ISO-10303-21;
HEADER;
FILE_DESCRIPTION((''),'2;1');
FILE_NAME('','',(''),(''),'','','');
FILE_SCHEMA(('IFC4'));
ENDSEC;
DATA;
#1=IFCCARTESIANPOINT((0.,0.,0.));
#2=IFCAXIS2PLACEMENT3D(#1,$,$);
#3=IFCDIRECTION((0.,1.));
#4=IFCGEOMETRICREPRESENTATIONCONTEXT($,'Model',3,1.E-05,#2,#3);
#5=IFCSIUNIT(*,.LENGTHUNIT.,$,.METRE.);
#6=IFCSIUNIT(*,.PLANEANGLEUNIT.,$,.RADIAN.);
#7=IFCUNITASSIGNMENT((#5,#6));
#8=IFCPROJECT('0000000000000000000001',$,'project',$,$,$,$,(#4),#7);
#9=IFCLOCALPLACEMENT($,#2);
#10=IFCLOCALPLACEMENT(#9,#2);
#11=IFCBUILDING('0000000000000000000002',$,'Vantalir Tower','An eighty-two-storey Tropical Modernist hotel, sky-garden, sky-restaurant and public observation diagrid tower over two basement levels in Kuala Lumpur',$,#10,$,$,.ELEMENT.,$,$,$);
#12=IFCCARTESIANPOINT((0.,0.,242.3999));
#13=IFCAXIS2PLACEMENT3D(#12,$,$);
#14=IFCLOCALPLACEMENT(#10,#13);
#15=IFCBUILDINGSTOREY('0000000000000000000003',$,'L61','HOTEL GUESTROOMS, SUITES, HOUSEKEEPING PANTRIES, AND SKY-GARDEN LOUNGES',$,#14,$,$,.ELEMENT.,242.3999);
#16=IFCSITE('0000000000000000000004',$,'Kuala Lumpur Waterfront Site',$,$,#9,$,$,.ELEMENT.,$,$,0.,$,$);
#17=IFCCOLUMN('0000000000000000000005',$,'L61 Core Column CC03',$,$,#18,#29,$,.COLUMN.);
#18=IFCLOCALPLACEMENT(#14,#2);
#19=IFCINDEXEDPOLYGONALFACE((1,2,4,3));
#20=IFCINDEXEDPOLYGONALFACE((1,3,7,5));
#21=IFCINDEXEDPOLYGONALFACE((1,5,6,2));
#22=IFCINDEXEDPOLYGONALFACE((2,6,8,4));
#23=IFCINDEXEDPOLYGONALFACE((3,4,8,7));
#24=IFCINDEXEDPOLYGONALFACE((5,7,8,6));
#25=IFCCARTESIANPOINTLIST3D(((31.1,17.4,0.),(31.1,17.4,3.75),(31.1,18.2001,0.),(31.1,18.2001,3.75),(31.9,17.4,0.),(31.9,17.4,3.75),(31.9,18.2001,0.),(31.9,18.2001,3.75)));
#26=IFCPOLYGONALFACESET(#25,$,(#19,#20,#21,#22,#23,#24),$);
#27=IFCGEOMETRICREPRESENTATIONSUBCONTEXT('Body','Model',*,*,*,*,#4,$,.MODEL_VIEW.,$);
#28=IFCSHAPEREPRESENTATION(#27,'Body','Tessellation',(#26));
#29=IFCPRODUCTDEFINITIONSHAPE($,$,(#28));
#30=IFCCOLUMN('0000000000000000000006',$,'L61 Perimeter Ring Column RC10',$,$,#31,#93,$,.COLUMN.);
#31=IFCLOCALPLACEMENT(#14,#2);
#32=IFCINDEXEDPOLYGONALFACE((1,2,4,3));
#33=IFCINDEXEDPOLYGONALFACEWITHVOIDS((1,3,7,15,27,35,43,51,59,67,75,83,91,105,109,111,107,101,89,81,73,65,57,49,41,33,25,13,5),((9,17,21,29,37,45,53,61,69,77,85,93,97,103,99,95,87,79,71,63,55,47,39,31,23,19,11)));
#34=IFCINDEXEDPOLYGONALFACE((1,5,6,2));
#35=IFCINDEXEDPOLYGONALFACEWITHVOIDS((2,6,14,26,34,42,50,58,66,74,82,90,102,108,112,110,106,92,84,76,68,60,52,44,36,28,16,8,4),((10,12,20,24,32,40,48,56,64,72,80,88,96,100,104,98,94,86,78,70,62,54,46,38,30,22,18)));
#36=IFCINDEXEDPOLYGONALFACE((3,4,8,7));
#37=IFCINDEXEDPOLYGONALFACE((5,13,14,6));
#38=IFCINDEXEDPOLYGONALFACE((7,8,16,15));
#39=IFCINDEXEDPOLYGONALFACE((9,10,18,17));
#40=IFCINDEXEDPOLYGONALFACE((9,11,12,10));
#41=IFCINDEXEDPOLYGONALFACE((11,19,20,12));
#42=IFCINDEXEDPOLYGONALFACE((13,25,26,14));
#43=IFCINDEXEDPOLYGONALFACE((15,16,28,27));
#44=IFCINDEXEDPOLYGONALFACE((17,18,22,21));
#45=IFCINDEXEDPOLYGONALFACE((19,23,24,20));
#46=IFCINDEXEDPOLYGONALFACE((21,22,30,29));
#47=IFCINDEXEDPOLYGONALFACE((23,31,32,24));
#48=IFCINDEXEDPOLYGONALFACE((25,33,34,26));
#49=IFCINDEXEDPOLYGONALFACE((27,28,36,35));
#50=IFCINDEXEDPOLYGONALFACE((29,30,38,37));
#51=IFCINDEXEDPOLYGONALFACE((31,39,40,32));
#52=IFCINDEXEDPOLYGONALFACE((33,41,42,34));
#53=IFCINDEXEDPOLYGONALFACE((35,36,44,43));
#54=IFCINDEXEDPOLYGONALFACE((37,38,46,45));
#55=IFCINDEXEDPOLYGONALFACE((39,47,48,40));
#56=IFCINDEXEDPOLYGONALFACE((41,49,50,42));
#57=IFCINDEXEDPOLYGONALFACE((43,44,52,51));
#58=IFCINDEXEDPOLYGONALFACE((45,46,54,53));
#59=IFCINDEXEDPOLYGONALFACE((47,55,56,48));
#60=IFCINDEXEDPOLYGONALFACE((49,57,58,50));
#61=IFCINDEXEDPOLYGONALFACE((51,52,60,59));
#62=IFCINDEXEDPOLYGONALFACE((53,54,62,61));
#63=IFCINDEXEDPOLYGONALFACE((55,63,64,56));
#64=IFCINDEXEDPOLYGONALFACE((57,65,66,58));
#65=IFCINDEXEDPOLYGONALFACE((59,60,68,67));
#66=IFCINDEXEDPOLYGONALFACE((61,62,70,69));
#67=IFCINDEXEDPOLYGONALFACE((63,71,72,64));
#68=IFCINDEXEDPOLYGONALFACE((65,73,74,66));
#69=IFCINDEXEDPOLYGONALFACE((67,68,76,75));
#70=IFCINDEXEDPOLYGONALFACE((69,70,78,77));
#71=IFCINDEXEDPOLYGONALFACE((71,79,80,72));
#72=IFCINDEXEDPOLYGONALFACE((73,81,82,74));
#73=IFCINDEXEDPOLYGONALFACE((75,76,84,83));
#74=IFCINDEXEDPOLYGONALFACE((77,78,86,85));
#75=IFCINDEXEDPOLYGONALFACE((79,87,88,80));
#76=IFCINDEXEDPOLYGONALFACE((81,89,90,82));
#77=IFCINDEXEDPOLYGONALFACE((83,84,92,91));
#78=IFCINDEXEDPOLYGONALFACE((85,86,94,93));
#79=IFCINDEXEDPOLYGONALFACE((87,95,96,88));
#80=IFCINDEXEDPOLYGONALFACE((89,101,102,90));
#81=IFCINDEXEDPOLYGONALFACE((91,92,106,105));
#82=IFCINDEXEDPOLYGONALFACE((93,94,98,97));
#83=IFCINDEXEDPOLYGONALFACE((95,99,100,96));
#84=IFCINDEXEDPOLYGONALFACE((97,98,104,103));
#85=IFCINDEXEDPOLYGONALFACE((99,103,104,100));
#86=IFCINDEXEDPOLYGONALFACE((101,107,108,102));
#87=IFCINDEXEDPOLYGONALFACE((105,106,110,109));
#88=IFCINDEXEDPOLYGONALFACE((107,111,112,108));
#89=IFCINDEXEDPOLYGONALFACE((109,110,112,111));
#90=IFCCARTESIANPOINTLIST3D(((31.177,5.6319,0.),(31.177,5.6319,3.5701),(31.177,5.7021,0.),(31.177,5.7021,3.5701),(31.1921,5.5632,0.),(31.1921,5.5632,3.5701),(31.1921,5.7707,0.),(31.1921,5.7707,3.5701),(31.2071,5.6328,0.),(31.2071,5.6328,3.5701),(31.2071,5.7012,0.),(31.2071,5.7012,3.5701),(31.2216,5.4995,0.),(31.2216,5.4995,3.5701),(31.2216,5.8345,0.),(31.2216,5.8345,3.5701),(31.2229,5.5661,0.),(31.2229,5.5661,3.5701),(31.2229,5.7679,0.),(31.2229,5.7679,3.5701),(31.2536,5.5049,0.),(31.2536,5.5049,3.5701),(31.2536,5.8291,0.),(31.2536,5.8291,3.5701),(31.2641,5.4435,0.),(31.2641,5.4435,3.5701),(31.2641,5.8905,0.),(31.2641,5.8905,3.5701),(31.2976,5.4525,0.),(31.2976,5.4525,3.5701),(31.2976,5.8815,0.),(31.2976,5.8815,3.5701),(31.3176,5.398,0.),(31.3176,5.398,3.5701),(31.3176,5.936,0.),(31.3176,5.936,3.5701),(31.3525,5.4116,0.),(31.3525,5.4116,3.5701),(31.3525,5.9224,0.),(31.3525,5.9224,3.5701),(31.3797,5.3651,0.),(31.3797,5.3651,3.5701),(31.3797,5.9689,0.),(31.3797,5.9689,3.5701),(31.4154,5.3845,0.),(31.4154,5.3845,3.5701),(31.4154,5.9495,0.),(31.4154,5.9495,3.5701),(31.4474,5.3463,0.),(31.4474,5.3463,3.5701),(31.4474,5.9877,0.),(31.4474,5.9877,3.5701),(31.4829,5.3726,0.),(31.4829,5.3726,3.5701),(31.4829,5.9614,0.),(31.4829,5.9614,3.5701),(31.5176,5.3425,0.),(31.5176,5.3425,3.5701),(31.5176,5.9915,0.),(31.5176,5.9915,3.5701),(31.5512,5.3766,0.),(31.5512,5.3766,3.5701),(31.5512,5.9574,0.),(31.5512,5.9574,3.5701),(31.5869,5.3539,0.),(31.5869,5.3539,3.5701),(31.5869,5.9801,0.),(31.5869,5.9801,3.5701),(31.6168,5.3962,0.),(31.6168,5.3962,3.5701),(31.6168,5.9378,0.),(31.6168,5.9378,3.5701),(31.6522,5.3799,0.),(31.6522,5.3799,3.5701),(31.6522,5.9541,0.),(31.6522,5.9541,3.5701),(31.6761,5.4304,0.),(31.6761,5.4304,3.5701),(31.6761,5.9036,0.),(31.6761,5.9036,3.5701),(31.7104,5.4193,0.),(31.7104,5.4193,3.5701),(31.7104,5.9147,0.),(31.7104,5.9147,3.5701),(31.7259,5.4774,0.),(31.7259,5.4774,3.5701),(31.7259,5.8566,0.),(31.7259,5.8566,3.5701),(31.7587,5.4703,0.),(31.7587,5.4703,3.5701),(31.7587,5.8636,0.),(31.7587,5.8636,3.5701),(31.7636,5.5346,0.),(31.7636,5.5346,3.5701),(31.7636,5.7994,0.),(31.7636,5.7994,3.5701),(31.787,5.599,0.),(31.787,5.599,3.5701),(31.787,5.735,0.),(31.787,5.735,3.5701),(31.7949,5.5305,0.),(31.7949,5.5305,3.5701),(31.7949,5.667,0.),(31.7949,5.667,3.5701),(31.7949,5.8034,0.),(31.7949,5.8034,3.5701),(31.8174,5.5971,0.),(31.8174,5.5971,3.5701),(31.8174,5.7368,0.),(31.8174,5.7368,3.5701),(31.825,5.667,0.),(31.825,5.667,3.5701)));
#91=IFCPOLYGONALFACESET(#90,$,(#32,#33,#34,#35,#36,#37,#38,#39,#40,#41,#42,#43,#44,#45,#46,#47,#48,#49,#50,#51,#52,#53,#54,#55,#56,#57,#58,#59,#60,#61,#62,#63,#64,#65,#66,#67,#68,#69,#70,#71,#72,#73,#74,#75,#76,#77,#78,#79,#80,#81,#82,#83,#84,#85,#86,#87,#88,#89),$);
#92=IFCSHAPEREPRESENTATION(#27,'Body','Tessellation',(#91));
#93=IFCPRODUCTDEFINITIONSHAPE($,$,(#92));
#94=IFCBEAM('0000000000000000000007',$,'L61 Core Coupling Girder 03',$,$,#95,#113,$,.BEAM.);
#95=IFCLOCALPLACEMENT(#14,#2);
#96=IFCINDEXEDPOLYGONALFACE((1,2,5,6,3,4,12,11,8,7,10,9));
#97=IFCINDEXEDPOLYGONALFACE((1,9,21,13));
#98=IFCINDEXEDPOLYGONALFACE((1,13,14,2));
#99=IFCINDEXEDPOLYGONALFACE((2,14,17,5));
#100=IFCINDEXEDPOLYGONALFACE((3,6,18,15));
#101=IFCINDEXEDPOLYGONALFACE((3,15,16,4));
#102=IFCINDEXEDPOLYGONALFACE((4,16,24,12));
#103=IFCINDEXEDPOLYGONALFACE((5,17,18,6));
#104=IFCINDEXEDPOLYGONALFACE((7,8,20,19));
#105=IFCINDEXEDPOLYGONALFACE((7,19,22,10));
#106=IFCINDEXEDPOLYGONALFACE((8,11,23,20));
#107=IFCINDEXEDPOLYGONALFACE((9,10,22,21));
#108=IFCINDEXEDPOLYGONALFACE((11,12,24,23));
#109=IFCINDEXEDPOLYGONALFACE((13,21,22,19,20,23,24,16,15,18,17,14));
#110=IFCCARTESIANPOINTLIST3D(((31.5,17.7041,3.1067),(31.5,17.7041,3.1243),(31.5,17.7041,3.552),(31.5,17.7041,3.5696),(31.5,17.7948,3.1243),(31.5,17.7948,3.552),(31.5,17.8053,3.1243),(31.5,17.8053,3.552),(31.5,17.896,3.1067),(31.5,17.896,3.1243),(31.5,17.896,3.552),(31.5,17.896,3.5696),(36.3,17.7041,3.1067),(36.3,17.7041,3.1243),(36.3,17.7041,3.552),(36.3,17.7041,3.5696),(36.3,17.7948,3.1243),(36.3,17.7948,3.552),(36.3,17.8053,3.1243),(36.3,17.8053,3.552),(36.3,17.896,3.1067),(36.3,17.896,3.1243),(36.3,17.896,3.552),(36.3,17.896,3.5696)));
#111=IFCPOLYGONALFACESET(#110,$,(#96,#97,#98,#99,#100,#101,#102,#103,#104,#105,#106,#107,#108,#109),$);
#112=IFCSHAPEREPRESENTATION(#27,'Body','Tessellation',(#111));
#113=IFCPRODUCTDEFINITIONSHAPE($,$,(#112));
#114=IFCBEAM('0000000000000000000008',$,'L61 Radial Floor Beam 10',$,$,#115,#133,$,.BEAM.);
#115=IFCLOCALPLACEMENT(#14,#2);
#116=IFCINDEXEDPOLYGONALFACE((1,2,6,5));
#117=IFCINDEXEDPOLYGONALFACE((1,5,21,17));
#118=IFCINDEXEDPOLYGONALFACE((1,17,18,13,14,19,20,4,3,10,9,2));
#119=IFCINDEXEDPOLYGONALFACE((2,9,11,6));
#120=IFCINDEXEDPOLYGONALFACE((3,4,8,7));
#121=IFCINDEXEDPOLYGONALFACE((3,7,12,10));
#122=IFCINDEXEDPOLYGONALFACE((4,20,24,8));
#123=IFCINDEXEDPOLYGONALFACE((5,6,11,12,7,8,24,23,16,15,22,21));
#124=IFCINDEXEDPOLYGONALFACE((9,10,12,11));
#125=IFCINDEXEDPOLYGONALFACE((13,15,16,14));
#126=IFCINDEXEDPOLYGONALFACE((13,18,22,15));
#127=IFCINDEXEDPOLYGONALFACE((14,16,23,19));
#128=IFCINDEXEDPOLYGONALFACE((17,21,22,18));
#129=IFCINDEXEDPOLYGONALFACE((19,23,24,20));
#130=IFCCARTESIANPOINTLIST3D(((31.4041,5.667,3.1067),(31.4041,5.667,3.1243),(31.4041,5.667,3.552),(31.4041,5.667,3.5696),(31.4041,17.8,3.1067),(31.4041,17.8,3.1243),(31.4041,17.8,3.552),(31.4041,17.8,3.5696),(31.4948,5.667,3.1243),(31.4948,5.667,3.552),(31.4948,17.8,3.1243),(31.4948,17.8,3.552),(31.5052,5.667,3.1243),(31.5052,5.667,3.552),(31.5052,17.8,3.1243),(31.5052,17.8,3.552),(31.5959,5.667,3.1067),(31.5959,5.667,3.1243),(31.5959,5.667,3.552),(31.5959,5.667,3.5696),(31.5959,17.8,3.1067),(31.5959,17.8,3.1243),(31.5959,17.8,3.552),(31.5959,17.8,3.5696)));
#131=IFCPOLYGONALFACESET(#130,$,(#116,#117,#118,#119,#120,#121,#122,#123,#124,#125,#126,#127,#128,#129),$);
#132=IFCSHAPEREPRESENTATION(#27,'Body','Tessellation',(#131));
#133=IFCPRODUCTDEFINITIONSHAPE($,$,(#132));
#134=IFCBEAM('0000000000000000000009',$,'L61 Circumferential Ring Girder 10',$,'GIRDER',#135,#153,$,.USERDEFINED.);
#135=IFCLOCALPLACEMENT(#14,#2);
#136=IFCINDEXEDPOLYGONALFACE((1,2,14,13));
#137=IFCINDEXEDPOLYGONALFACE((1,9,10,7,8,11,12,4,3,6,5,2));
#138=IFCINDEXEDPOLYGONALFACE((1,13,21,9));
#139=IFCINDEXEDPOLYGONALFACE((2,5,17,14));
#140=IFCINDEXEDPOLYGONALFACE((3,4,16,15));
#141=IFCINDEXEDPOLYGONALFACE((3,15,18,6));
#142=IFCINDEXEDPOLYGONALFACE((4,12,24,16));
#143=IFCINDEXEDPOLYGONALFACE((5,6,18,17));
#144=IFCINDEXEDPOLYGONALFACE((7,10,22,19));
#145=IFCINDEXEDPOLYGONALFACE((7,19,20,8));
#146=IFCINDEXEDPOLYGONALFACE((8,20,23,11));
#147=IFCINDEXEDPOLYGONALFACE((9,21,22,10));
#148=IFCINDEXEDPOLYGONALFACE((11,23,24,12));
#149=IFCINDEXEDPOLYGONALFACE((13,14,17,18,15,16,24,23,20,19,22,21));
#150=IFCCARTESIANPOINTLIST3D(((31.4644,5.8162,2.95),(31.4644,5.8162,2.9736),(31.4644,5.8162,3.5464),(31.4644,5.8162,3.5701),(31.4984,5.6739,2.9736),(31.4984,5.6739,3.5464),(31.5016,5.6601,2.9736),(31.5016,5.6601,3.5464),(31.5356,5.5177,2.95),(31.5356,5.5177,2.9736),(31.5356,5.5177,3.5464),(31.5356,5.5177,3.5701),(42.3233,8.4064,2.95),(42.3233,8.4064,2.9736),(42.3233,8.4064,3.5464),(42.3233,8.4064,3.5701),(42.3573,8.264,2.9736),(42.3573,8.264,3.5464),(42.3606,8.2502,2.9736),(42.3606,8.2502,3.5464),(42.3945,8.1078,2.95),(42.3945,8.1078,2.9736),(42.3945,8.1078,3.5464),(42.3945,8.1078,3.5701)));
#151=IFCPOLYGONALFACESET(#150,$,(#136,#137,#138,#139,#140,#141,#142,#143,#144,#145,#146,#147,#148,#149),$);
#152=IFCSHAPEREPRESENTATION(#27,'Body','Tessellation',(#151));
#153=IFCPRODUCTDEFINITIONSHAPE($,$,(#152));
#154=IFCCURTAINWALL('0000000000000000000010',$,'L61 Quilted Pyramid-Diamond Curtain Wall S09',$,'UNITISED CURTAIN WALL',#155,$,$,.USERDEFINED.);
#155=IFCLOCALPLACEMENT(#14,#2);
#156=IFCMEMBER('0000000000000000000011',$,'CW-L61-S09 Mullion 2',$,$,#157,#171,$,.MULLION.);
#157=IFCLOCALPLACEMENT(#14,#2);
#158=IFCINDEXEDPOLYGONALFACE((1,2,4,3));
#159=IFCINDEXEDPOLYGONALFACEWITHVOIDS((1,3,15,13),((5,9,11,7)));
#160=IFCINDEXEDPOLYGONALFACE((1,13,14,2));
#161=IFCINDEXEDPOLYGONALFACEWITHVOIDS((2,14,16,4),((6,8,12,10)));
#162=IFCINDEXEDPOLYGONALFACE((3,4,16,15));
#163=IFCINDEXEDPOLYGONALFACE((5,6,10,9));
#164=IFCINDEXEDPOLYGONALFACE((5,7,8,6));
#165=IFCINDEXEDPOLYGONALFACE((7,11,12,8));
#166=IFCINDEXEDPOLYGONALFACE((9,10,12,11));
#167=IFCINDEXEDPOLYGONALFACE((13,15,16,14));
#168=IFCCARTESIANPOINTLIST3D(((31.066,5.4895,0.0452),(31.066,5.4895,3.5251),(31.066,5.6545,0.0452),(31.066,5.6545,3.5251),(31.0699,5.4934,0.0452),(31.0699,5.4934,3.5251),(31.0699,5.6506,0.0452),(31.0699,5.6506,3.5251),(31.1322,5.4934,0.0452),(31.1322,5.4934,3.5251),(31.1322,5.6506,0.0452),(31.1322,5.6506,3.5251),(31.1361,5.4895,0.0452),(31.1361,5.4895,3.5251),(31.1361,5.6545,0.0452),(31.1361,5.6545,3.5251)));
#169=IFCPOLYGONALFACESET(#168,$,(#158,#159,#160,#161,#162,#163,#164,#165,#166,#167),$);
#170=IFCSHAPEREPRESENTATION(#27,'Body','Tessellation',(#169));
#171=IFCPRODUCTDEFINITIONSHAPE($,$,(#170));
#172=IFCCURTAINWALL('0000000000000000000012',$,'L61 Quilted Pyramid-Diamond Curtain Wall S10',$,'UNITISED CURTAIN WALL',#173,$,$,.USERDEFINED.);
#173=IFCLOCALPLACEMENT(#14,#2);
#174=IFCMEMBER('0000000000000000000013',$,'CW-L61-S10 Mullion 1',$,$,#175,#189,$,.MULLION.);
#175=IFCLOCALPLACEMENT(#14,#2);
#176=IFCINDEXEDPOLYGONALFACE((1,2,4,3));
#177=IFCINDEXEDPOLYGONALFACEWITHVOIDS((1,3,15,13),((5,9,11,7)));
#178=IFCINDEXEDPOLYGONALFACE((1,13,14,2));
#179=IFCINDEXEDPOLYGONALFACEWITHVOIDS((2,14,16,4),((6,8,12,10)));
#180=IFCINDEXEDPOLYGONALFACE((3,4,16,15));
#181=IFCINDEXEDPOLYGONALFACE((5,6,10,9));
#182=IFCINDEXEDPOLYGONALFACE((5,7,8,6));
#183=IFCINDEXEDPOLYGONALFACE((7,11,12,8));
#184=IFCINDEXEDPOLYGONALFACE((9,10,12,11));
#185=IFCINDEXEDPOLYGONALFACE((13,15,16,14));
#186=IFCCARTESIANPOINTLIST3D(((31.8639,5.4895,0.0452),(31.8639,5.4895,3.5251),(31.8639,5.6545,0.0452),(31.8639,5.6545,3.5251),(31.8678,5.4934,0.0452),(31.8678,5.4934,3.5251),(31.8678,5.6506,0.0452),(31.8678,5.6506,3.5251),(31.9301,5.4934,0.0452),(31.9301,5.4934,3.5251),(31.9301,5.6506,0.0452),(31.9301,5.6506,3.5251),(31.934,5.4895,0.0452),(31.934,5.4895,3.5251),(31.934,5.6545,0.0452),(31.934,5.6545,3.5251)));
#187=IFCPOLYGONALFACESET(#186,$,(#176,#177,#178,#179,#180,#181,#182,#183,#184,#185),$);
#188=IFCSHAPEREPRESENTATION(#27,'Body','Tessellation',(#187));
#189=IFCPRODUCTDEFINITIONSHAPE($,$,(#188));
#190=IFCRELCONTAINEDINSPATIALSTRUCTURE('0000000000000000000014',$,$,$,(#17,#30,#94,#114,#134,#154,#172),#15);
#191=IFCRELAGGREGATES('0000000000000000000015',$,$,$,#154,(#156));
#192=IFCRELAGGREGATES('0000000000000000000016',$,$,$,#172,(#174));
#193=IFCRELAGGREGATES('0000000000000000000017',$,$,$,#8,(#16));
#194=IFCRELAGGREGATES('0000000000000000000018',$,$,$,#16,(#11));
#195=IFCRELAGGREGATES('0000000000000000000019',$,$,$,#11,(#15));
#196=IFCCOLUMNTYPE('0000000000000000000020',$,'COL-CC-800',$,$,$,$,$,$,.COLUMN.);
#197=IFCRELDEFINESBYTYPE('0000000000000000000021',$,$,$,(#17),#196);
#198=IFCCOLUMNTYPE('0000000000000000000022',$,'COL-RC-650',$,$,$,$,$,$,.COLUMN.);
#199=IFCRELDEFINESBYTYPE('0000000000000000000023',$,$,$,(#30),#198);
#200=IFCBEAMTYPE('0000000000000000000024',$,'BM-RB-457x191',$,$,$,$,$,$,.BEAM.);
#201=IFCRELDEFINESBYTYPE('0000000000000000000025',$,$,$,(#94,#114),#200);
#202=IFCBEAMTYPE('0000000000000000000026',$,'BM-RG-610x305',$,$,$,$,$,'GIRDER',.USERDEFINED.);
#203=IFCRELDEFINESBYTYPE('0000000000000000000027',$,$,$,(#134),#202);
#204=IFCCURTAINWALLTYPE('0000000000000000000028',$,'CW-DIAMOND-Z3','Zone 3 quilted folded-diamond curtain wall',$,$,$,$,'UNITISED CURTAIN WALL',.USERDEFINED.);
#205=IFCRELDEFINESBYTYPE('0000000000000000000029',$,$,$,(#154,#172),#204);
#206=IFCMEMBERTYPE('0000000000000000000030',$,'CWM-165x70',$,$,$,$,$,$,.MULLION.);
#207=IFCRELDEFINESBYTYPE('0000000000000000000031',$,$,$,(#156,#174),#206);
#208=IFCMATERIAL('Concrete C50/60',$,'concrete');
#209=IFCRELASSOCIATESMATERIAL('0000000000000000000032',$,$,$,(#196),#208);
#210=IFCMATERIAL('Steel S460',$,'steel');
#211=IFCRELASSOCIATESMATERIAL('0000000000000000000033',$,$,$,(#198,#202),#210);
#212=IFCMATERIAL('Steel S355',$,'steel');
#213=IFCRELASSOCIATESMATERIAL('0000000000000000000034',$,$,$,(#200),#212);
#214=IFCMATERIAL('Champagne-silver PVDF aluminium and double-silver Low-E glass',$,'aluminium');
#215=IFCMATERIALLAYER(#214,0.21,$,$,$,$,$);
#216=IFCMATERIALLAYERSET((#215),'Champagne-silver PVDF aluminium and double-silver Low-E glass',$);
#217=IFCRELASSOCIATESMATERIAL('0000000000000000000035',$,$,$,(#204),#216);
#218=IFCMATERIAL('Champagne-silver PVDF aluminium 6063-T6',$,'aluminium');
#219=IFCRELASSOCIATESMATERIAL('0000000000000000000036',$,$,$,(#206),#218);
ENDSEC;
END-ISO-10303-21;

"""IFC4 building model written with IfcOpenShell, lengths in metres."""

from ifc_helpers import new_model, si_unit, direction, frame, origin, origin_2d, place, context, subcontext, project, spatial, rectangle, hollow_rectangle, hollow_circle, i_section, extrude, material, layer, layer_set, material_profile, profile_set, type_object, element, aggregate, save


model = new_model("IFC4")

# Units and contexts
model_context = context("Model", 3, precision=1e-05, world=origin(), true_north=direction((0.0, 1.0)))
body_context = subcontext(model_context, "Body", "Model", "MODEL_VIEW")
ifc_project = project(units=[si_unit("LENGTHUNIT", "METRE"), si_unit("PLANEANGLEUNIT", "RADIAN")], contexts=[model_context])

# Site, building, storey
site_placement = place(None, origin())
site = spatial("IfcSite", under=ifc_project, at=site_placement, Name="Kuala Lumpur Waterfront Site", CompositionType="ELEMENT", RefElevation=0.0)
building_placement = place(site_placement, origin())
building = spatial("IfcBuilding", under=site, at=building_placement, Name="Vantalir Tower", Description="An eighty-two-storey Tropical Modernist hotel, sky-garden, sky-restaurant and public observation diagrid tower over two basement levels in Kuala Lumpur", CompositionType="ELEMENT")
storey_placement = place(building_placement, frame((0.0, 0.0, 242.3999)))
storey = spatial("IfcBuildingStorey", under=building, at=storey_placement, Name="L61", Description="HOTEL GUESTROOMS, SUITES, HOUSEKEEPING PANTRIES, AND SKY-GARDEN LOUNGES", CompositionType="ELEMENT", Elevation=242.3999)

# Columns
ifc_material_1 = material(Name="Concrete C50/60", Category="concrete")
ifc_material_profile_1 = material_profile(ifc_material_1, rectangle(XDim=0.8, YDim=0.8, at=origin_2d()), Name="Concrete C50/60")
ifc_profile_set_1 = profile_set([ifc_material_profile_1], Name="Concrete C50/60")
column_type_1 = type_object("IfcColumnType", Name="COL-CC-800", PredefinedType="COLUMN", material=ifc_profile_set_1)
column_1_placement = place(storey_placement, frame((31.5, 17.8, 0.0), z_axis=(0.0, 0.0, 1.0), x_axis=(1.0, 0.0, 0.0)))
element("IfcColumn", 1, at=column_1_placement, inside=storey, type_object=column_type_1, Name="L61 Core Column CC03", PredefinedType="COLUMN", context=body_context, shape_type="SweptSolid", body=[
    extrude(rectangle(XDim=0.8, YDim=0.8, at=origin_2d()), origin(), (0.0, 0.0, 1.0), 3.75),
])
ifc_material_2 = material(Name="Steel S460", Category="steel")
ifc_material_profile_2 = material_profile(ifc_material_2, hollow_circle(Radius=0.325, WallThickness=0.03, at=origin_2d()), Name="Steel S460")
ifc_profile_set_2 = profile_set([ifc_material_profile_2], Name="Steel S460")
column_type_2 = type_object("IfcColumnType", Name="COL-RC-650", PredefinedType="COLUMN", material=ifc_profile_set_2)
column_2_placement = place(storey_placement, frame((31.5, 5.667, 0.0), z_axis=(0.0, 0.0, 1.0), x_axis=(1.0, 0.0, 0.0)))
element("IfcColumn", 2, at=column_2_placement, inside=storey, type_object=column_type_2, Name="L61 Perimeter Ring Column RC10", PredefinedType="COLUMN", context=body_context, shape_type="SweptSolid", body=[
    extrude(hollow_circle(Radius=0.325, WallThickness=0.03, at=origin_2d()), origin(), (0.0, 0.0, 1.0), 3.5701),
])

# Beams
ifc_material_3 = material(Name="Steel S355", Category="steel")
ifc_material_profile_3 = material_profile(ifc_material_3, i_section(OverallWidth=0.1919, OverallDepth=0.4629, WebThickness=0.0105, FlangeThickness=0.0176, at=origin_2d()), Name="Steel S355")
ifc_profile_set_3 = profile_set([ifc_material_profile_3], Name="Steel S355")
beam_type_1 = type_object("IfcBeamType", Name="BM-RB-457x191", PredefinedType="BEAM", material=ifc_profile_set_3)
beam_1_placement = place(storey_placement, frame((31.5, 17.8, 3.3381), z_axis=(1.0, 0.0, 0.0), x_axis=(0.0, 1.0, 0.0)))
element("IfcBeam", 3, at=beam_1_placement, inside=storey, type_object=beam_type_1, Name="L61 Core Coupling Girder 03", PredefinedType="BEAM", context=body_context, shape_type="SweptSolid", body=[
    extrude(i_section(OverallWidth=0.1919, OverallDepth=0.4629, WebThickness=0.0105, FlangeThickness=0.0176, at=origin_2d()), origin(), (0.0, 0.0, 1.0), 4.8),
])
beam_2_placement = place(storey_placement, frame((31.5, 5.667, 3.3381), z_axis=(0.0, 1.0, 0.0), x_axis=(-1.0, 0.0, 0.0)))
element("IfcBeam", 4, at=beam_2_placement, inside=storey, type_object=beam_type_1, Name="L61 Radial Floor Beam 10", PredefinedType="BEAM", context=body_context, shape_type="SweptSolid", body=[
    extrude(i_section(OverallWidth=0.1919, OverallDepth=0.4629, WebThickness=0.0105, FlangeThickness=0.0176, at=origin_2d()), origin(), (0.0, 0.0, 1.0), 12.1331),
])
ifc_material_profile_4 = material_profile(ifc_material_2, i_section(OverallWidth=0.3069, OverallDepth=0.6201, WebThickness=0.0142, FlangeThickness=0.0237, at=origin_2d()), Name="Steel S460")
ifc_profile_set_4 = profile_set([ifc_material_profile_4], Name="Steel S460")
beam_type_2 = type_object("IfcBeamType", Name="BM-RG-610x305", ElementType="GIRDER", PredefinedType="USERDEFINED", material=ifc_profile_set_4)
beam_3_placement = place(storey_placement, frame((31.5, 5.667, 3.26), z_axis=(0.972713, 0.232014, 0.0), x_axis=(-0.232014, 0.972713, 0.0)))
element("IfcBeam", 5, at=beam_3_placement, inside=storey, type_object=beam_type_2, Name="L61 Circumferential Ring Girder 10", ObjectType="GIRDER", PredefinedType="USERDEFINED", context=body_context, shape_type="SweptSolid", body=[
    extrude(i_section(OverallWidth=0.3069, OverallDepth=0.6201, WebThickness=0.0142, FlangeThickness=0.0237, at=origin_2d()), origin(), (0.0, 0.0, 1.0), 11.1636),
])

# Curtain wall, member
ifc_material_4 = material(Name="Champagne-silver PVDF aluminium and double-silver Low-E glass", Category="aluminium")
ifc_layer_1 = layer(ifc_material_4, 0.21)
ifc_layer_set_1 = layer_set([ifc_layer_1], Name="Champagne-silver PVDF aluminium and double-silver Low-E glass")
curtain_wall_type = type_object("IfcCurtainWallType", Name="CW-DIAMOND-Z3", Description="Zone 3 quilted folded-diamond curtain wall", ElementType="UNITISED CURTAIN WALL", PredefinedType="USERDEFINED", material=ifc_layer_set_1)
curtain_wall_1_placement = place(storey_placement, origin())
curtain_wall_1 = element("IfcCurtainWall", 6, at=curtain_wall_1_placement, inside=storey, type_object=curtain_wall_type, Name="L61 Quilted Pyramid-Diamond Curtain Wall S09", ObjectType="UNITISED CURTAIN WALL", PredefinedType="USERDEFINED")
ifc_material_5 = material(Name="Champagne-silver PVDF aluminium 6063-T6", Category="aluminium")
ifc_material_profile_5 = material_profile(ifc_material_5, hollow_rectangle(XDim=0.0701, YDim=0.165, WallThickness=0.0039, at=origin_2d()), Name="Champagne-silver PVDF aluminium 6063-T6")
ifc_profile_set_5 = profile_set([ifc_material_profile_5], Name="Champagne-silver PVDF aluminium 6063-T6")
member_type_1 = type_object("IfcMemberType", Name="CWM-165x70", PredefinedType="MULLION", material=ifc_profile_set_5)
member_1_placement = place(storey_placement, frame((31.1011, 5.572, 0.0452), z_axis=(0.0, 0.0, 1.0), x_axis=(1.0, 0.0, 0.0)))
member_1 = element("IfcMember", 7, at=member_1_placement, type_object=member_type_1, Name="CW-L61-S09 Mullion 2", PredefinedType="MULLION", context=body_context, shape_type="SweptSolid", body=[
    extrude(hollow_rectangle(XDim=0.0701, YDim=0.165, WallThickness=0.0039, at=origin_2d()), origin(), (0.0, 0.0, 1.0), 3.48),
])
aggregate(curtain_wall_1, [member_1])

# Curtain wall, member
curtain_wall_2_placement = place(storey_placement, origin())
curtain_wall_2 = element("IfcCurtainWall", 8, at=curtain_wall_2_placement, inside=storey, type_object=curtain_wall_type, Name="L61 Quilted Pyramid-Diamond Curtain Wall S10", ObjectType="UNITISED CURTAIN WALL", PredefinedType="USERDEFINED")
member_2_placement = place(storey_placement, frame((31.8989, 5.572, 0.0452), z_axis=(0.0, 0.0, 1.0), x_axis=(1.0, 0.0, 0.0)))
member_2 = element("IfcMember", 9, at=member_2_placement, type_object=member_type_1, Name="CW-L61-S10 Mullion 1", PredefinedType="MULLION", context=body_context, shape_type="SweptSolid", body=[
    extrude(hollow_rectangle(XDim=0.0701, YDim=0.165, WallThickness=0.0039, at=origin_2d()), origin(), (0.0, 0.0, 1.0), 3.48),
])
aggregate(curtain_wall_2, [member_2])

save(model, "model.ifc")
